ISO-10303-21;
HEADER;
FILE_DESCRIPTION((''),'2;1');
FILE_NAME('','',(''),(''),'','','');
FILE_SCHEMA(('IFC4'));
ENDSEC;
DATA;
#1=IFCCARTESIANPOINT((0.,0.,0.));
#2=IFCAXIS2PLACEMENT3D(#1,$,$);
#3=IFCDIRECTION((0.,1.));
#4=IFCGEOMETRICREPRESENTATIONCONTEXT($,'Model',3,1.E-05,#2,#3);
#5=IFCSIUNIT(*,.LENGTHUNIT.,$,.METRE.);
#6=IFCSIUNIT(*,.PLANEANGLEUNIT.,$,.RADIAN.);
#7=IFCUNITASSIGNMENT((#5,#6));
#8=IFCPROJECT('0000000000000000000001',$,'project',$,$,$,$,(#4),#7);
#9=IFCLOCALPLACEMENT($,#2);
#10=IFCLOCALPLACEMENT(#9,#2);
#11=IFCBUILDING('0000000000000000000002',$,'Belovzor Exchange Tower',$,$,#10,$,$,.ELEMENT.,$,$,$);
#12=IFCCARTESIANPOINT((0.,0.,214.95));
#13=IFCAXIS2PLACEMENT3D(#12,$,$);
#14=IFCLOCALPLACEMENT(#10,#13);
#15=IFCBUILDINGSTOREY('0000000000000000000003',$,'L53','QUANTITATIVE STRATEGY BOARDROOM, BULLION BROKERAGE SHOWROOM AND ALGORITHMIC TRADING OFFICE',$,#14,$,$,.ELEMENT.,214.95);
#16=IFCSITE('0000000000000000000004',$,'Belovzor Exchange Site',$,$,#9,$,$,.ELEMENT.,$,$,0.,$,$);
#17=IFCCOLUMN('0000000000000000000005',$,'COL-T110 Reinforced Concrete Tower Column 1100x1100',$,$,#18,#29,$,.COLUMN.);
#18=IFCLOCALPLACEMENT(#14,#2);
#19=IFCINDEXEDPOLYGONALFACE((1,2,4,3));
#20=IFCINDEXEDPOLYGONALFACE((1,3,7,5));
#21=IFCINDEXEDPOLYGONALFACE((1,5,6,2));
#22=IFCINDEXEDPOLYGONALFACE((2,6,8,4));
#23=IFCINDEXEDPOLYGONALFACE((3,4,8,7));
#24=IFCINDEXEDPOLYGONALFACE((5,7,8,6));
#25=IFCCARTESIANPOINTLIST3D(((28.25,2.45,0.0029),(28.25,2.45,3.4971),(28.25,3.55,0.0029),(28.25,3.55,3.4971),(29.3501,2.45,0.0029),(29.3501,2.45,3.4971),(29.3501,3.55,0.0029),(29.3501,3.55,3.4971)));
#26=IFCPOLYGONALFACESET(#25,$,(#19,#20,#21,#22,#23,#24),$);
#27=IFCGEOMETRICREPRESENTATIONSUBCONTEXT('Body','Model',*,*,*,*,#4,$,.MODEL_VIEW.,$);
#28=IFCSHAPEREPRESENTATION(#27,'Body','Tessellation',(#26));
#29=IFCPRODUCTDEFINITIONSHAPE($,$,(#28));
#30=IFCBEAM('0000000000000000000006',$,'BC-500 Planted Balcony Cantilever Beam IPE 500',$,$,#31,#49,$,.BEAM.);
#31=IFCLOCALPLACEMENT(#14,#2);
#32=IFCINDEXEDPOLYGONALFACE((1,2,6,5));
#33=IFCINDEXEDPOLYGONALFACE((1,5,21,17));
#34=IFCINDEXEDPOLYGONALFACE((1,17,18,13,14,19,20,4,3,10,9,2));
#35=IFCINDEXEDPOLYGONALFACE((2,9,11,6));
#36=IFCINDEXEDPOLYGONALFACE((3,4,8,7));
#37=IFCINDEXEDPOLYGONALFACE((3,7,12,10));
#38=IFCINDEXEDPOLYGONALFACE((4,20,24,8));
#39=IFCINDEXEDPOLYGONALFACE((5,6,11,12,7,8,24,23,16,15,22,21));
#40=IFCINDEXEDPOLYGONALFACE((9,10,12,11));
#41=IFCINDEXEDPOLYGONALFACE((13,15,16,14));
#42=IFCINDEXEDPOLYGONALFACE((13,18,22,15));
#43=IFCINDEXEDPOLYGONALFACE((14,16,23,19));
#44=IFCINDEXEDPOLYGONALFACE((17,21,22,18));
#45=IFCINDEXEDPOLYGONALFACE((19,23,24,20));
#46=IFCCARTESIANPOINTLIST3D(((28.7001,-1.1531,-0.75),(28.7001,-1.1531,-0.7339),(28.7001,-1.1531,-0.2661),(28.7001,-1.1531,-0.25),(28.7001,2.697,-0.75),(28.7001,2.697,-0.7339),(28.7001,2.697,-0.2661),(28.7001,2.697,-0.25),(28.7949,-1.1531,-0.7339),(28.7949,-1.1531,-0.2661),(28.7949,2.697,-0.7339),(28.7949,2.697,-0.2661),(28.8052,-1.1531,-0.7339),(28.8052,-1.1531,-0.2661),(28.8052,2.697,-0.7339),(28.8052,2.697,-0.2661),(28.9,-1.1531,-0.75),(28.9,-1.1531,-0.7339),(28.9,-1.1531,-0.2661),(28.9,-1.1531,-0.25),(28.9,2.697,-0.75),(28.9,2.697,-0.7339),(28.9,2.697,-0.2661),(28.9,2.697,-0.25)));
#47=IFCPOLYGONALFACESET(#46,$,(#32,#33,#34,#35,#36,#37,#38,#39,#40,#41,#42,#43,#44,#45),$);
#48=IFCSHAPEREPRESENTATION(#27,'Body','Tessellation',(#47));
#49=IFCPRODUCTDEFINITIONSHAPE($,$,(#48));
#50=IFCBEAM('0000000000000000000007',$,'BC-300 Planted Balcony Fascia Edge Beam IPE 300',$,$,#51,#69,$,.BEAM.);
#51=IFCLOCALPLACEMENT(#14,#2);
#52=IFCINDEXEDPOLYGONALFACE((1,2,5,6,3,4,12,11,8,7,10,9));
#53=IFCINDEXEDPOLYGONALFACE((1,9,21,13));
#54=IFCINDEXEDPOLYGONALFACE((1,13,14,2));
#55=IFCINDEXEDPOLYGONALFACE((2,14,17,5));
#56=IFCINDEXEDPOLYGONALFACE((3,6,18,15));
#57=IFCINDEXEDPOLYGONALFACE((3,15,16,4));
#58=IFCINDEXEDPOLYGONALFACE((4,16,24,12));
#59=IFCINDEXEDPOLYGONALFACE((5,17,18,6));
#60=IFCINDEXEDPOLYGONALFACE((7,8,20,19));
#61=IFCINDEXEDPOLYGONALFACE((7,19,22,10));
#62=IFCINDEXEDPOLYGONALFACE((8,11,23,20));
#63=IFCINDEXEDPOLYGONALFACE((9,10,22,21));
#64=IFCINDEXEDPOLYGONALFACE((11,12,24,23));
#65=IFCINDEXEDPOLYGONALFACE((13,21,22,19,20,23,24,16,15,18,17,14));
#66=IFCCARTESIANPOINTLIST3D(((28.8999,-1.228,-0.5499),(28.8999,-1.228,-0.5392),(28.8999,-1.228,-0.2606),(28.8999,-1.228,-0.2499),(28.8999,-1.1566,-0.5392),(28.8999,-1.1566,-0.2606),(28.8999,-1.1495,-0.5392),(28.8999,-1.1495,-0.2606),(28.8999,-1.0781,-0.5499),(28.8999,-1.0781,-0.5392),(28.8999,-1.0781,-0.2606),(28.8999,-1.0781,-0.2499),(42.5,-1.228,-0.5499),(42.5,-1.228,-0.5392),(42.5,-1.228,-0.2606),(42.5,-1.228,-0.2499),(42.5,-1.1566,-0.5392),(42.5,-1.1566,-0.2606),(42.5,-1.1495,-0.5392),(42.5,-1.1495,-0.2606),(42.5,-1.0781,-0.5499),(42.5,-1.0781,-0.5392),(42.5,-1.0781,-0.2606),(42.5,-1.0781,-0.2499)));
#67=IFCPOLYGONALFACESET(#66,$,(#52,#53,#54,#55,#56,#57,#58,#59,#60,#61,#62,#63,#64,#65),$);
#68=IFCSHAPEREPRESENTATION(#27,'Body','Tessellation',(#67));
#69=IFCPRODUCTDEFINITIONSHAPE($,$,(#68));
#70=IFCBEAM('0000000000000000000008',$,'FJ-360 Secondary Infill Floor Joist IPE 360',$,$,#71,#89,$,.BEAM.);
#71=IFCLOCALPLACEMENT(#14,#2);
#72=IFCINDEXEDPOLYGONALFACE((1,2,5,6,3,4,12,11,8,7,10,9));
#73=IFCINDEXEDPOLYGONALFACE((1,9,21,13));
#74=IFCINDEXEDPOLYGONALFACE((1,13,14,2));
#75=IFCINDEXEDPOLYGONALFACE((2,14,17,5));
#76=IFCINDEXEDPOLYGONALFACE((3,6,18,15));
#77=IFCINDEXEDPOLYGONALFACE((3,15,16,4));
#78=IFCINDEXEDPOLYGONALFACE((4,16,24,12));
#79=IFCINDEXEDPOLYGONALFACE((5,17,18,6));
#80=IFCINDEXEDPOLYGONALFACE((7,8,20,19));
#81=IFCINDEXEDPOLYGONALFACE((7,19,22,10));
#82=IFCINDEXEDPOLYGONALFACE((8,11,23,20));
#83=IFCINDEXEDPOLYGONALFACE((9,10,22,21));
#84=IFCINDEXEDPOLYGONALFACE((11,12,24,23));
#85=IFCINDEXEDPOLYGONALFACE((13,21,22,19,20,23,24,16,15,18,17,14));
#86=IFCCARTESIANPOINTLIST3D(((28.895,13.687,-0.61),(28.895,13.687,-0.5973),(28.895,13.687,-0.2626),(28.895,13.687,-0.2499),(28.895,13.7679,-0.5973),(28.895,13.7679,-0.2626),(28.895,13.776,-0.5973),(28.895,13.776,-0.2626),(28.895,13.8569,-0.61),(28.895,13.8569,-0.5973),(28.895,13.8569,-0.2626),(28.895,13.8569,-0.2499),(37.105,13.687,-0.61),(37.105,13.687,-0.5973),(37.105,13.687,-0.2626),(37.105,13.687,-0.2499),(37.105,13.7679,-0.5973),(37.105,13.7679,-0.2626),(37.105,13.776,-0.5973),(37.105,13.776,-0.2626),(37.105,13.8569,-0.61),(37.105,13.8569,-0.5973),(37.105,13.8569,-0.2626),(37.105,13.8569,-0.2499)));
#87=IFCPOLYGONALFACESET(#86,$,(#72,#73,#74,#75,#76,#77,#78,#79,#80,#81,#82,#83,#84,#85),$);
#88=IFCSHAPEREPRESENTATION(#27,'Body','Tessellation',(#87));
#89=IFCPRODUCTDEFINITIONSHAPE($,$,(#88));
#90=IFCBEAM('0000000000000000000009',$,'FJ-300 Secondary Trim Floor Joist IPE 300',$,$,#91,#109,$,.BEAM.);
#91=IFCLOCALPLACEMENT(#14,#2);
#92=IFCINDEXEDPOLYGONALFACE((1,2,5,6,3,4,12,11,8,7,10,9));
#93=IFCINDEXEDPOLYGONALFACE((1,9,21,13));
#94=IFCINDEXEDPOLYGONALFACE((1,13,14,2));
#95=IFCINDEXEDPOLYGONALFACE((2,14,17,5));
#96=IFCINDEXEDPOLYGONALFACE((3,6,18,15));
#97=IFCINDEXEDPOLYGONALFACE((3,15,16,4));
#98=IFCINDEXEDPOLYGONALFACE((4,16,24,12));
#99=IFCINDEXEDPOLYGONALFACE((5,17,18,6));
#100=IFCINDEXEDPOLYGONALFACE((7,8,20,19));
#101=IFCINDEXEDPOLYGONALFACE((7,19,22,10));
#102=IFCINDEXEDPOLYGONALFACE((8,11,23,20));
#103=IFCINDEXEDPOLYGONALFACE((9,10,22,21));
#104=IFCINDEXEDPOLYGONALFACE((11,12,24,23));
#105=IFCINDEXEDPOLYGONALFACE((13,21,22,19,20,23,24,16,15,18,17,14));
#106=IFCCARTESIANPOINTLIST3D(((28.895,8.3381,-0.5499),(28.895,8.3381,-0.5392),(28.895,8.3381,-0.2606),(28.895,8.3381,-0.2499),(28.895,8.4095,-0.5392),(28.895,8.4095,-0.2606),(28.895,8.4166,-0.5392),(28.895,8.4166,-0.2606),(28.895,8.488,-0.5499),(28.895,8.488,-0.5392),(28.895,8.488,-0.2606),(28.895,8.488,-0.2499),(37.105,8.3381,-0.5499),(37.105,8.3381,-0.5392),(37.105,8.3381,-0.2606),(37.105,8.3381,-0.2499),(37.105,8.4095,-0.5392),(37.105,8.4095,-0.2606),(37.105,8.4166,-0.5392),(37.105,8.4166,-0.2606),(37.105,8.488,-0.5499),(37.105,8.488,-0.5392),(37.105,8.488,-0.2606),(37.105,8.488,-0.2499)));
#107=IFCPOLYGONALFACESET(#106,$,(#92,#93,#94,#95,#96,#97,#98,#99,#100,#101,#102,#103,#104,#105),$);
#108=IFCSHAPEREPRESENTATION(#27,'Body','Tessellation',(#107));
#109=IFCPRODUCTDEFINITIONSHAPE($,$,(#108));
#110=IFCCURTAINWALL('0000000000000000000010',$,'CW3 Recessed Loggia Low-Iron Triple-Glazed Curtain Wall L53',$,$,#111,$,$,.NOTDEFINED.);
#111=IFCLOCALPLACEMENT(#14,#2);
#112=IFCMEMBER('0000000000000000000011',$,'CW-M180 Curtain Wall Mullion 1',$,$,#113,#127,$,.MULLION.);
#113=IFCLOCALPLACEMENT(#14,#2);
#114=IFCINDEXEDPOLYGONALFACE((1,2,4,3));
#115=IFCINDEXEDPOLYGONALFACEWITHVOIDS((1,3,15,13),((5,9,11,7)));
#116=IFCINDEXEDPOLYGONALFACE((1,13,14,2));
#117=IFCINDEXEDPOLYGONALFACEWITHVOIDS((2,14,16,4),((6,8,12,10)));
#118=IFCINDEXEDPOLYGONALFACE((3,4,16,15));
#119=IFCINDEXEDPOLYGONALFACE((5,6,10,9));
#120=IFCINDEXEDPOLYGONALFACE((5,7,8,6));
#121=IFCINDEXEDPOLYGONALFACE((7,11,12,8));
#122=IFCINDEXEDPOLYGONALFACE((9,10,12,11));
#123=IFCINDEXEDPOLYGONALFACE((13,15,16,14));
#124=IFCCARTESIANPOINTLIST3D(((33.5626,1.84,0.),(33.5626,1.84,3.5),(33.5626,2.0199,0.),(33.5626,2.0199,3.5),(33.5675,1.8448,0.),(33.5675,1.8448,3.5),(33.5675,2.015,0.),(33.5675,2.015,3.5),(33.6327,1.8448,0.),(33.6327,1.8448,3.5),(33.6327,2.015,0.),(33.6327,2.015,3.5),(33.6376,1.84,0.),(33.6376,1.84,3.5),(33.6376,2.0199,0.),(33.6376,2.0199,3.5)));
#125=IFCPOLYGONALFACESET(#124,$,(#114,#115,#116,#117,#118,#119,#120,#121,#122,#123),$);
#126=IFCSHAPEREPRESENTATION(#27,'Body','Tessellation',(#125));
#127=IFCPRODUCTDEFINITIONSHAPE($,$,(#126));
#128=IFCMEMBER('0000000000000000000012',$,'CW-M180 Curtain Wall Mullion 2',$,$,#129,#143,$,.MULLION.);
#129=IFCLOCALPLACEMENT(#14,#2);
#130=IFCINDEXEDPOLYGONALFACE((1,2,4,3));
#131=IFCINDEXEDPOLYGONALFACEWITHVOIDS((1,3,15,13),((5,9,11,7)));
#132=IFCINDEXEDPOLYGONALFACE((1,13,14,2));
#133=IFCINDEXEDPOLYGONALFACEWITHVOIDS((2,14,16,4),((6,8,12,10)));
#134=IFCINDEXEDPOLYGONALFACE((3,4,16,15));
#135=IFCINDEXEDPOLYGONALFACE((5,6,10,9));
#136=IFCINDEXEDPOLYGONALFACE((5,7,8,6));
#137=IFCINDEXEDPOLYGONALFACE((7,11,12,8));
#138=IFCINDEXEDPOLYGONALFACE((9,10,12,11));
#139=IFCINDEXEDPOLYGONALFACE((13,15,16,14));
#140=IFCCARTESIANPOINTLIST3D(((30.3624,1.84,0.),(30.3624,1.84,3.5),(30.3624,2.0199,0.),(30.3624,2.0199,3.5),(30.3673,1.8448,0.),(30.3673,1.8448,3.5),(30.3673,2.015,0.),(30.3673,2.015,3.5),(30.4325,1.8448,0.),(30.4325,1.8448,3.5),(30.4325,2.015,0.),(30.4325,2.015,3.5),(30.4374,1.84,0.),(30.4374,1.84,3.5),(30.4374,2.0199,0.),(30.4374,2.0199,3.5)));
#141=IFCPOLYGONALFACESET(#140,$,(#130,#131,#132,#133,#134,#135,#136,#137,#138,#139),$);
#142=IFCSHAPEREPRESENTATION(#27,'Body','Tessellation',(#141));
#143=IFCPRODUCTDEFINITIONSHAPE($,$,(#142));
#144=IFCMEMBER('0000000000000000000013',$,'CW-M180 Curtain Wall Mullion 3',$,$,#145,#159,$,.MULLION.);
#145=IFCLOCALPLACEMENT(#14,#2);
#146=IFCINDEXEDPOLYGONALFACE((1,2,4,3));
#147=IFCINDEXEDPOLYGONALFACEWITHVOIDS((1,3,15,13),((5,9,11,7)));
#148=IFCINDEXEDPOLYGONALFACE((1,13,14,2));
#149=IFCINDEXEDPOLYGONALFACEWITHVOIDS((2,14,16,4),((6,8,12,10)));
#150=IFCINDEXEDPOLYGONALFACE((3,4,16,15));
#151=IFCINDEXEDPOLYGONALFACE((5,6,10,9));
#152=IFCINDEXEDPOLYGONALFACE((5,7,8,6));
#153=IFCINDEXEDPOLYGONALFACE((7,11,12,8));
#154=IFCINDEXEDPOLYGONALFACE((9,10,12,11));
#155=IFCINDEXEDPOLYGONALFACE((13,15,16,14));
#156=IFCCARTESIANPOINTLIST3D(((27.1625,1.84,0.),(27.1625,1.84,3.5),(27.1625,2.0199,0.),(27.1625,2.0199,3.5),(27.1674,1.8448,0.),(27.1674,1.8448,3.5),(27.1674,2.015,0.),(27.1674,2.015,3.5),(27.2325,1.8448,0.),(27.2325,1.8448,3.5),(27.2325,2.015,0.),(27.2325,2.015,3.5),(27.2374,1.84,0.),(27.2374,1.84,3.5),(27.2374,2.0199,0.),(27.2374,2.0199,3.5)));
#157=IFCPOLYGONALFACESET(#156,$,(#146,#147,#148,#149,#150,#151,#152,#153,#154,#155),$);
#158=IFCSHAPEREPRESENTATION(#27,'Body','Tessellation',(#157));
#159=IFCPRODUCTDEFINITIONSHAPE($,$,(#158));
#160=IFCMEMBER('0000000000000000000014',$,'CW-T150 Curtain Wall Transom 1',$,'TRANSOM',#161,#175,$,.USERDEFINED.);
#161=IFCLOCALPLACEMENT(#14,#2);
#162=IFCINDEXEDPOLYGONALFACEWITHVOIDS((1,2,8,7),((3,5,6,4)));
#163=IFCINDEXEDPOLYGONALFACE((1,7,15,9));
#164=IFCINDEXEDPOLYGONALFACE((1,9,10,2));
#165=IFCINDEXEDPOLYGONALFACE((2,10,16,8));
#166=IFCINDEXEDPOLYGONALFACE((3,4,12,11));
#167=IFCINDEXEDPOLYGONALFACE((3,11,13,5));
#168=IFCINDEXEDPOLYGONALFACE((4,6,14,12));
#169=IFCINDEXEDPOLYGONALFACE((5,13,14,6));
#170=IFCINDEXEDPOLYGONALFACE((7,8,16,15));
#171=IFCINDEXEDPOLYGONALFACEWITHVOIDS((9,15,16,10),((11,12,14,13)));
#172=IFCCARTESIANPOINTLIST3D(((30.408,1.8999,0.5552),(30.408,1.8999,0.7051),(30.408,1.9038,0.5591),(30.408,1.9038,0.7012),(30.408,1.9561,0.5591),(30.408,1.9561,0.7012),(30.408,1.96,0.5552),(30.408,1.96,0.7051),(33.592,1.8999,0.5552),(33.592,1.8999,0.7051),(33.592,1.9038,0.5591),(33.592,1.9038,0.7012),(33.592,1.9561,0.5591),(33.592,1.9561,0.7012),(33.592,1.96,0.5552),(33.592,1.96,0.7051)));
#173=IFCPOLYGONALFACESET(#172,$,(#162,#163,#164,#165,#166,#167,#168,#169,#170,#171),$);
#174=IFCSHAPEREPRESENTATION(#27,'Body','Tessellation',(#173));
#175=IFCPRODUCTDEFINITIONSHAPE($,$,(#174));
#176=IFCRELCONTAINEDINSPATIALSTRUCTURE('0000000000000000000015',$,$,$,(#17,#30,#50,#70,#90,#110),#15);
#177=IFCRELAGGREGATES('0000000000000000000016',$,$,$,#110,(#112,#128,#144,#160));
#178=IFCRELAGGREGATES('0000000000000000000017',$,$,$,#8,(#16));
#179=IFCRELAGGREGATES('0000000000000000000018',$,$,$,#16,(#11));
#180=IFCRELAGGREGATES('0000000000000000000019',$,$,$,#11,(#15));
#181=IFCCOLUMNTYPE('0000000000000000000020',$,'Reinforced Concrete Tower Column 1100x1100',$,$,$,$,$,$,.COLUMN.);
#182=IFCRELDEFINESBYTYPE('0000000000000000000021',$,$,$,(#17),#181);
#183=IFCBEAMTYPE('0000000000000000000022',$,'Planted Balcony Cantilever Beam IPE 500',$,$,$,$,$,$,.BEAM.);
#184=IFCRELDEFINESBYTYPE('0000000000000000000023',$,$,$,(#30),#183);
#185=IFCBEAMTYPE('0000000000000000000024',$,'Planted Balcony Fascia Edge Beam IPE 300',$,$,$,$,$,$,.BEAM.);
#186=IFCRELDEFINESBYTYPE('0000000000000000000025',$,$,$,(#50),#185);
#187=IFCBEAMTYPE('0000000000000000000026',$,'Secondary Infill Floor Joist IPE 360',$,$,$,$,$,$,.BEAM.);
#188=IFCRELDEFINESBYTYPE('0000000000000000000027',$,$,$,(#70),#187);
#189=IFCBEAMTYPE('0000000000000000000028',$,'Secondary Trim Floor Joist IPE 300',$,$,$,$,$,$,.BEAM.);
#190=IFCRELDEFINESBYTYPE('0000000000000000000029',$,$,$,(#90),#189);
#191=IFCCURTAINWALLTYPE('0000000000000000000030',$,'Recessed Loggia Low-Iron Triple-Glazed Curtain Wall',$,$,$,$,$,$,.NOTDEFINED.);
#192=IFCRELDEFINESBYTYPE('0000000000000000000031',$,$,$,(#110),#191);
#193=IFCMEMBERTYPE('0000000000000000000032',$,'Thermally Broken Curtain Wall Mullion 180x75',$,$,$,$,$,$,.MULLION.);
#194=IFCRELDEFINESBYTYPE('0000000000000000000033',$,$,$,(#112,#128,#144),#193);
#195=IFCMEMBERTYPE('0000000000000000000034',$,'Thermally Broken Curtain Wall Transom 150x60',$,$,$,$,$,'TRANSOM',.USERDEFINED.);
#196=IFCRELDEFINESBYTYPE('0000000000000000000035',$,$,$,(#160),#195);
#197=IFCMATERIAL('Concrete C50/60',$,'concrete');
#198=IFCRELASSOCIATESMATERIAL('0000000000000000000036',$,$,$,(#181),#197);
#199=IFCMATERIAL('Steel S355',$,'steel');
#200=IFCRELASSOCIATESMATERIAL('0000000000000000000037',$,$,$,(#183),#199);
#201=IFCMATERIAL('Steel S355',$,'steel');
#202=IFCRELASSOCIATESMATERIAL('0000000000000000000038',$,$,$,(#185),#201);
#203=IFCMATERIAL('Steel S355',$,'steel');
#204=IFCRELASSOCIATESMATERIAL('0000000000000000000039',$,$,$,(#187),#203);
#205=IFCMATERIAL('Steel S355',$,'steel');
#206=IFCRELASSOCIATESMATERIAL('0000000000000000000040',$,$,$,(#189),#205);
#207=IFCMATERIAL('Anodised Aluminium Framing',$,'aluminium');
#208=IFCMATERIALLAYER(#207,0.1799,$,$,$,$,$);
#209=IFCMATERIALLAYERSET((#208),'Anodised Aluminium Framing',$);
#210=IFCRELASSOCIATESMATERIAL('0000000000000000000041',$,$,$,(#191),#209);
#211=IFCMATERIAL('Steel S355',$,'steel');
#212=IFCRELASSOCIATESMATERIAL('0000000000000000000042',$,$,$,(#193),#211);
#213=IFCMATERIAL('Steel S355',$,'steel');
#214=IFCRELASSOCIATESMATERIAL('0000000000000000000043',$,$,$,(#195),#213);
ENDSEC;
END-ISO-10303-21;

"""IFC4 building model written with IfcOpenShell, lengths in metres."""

from ifc_helpers import new_model, si_unit, direction, frame, origin, origin_2d, place, context, subcontext, project, spatial, rectangle, hollow_rectangle, i_section, extrude, material, layer, layer_set, material_profile, profile_set, type_object, element, aggregate, save


model = new_model("IFC4")

# Units and contexts
model_context = context("Model", 3, precision=1e-05, world=origin(), true_north=direction((0.0, 1.0)))
body_context = subcontext(model_context, "Body", "Model", "MODEL_VIEW")
ifc_project = project(units=[si_unit("LENGTHUNIT", "METRE"), si_unit("PLANEANGLEUNIT", "RADIAN")], contexts=[model_context])

# Site, building, storey
site_placement = place(None, origin())
site = spatial("IfcSite", under=ifc_project, at=site_placement, Name="Belovzor Exchange Site", CompositionType="ELEMENT", RefElevation=0.0)
building_placement = place(site_placement, origin())
building = spatial("IfcBuilding", under=site, at=building_placement, Name="Belovzor Exchange Tower", CompositionType="ELEMENT")
storey_placement = place(building_placement, frame((0.0, 0.0, 214.95)))
storey = spatial("IfcBuildingStorey", under=building, at=storey_placement, Name="L53", Description="QUANTITATIVE STRATEGY BOARDROOM, BULLION BROKERAGE SHOWROOM AND ALGORITHMIC TRADING OFFICE", CompositionType="ELEMENT", Elevation=214.95)

# Column
ifc_material_1 = material(Name="Concrete C50/60", Category="concrete")
ifc_material_profile_1 = material_profile(ifc_material_1, rectangle(XDim=1.1001, YDim=1.1001, at=origin_2d()))
ifc_profile_set_1 = profile_set([ifc_material_profile_1], Name="Concrete C50/60")
column_type = type_object("IfcColumnType", Name="Reinforced Concrete Tower Column 1100x1100", PredefinedType="COLUMN", material=ifc_profile_set_1)
column_placement = place(storey_placement, frame((28.8, 3.0, 0.0029), z_axis=(0.0, 0.0, 1.0), x_axis=(1.0, 0.0, 0.0)))
element("IfcColumn", 1, at=column_placement, inside=storey, type_object=column_type, Name="COL-T110 Reinforced Concrete Tower Column 1100x1100", PredefinedType="COLUMN", context=body_context, shape_type="SweptSolid", body=[
    extrude(rectangle(XDim=1.1001, YDim=1.1001, at=origin_2d()), origin(), (0.0, 0.0, 1.0), 3.4941),
])

# Beams
ifc_material_2 = material(Name="Steel S355", Category="steel")
ifc_material_profile_2 = material_profile(ifc_material_2, i_section(OverallWidth=0.2, OverallDepth=0.5, WebThickness=0.0103, FlangeThickness=0.0161, at=origin_2d()))
ifc_profile_set_2 = profile_set([ifc_material_profile_2], Name="Steel S355")
beam_type_1 = type_object("IfcBeamType", Name="Planted Balcony Cantilever Beam IPE 500", PredefinedType="BEAM", material=ifc_profile_set_2)
beam_1_placement = place(storey_placement, frame((28.8, 2.697, -0.5), z_axis=(0.0, -1.0, 0.0), x_axis=(1.0, 0.0, 0.0)))
element("IfcBeam", 2, at=beam_1_placement, inside=storey, type_object=beam_type_1, Name="BC-500 Planted Balcony Cantilever Beam IPE 500", PredefinedType="BEAM", context=body_context, shape_type="SweptSolid", body=[
    extrude(i_section(OverallWidth=0.2, OverallDepth=0.5, WebThickness=0.0103, FlangeThickness=0.0161, at=origin_2d()), origin(), (0.0, 0.0, 1.0), 3.8501),
])
ifc_material_3 = material(Name="Steel S355", Category="steel")
ifc_material_profile_3 = material_profile(ifc_material_3, i_section(OverallWidth=0.1499, OverallDepth=0.3, WebThickness=0.0071, FlangeThickness=0.0107, at=origin_2d()))
ifc_profile_set_3 = profile_set([ifc_material_profile_3], Name="Steel S355")
beam_type_2 = type_object("IfcBeamType", Name="Planted Balcony Fascia Edge Beam IPE 300", PredefinedType="BEAM", material=ifc_profile_set_3)
beam_2_placement = place(storey_placement, frame((28.8999, -1.1531, -0.3999), z_axis=(1.0, 0.0, 0.0), x_axis=(0.0, 1.0, 0.0)))
element("IfcBeam", 3, at=beam_2_placement, inside=storey, type_object=beam_type_2, Name="BC-300 Planted Balcony Fascia Edge Beam IPE 300", PredefinedType="BEAM", context=body_context, shape_type="SweptSolid", body=[
    extrude(i_section(OverallWidth=0.1499, OverallDepth=0.3, WebThickness=0.0071, FlangeThickness=0.0107, at=origin_2d()), origin(), (0.0, 0.0, 1.0), 13.6001),
])
ifc_material_4 = material(Name="Steel S355", Category="steel")
ifc_material_profile_4 = material_profile(ifc_material_4, i_section(OverallWidth=0.1699, OverallDepth=0.3601, WebThickness=0.0081, FlangeThickness=0.0127, at=origin_2d()))
ifc_profile_set_4 = profile_set([ifc_material_profile_4], Name="Steel S355")
beam_type_3 = type_object("IfcBeamType", Name="Secondary Infill Floor Joist IPE 360", PredefinedType="BEAM", material=ifc_profile_set_4)
beam_3_placement = place(storey_placement, frame((28.895, 13.772, -0.4299), z_axis=(1.0, 0.0, 0.0), x_axis=(0.0, 1.0, 0.0)))
element("IfcBeam", 4, at=beam_3_placement, inside=storey, type_object=beam_type_3, Name="FJ-360 Secondary Infill Floor Joist IPE 360", PredefinedType="BEAM", context=body_context, shape_type="SweptSolid", body=[
    extrude(i_section(OverallWidth=0.1699, OverallDepth=0.3601, WebThickness=0.0081, FlangeThickness=0.0127, at=origin_2d()), origin(), (0.0, 0.0, 1.0), 8.21),
])
ifc_material_5 = material(Name="Steel S355", Category="steel")
ifc_material_profile_5 = material_profile(ifc_material_5, i_section(OverallWidth=0.1499, OverallDepth=0.3, WebThickness=0.0071, FlangeThickness=0.0107, at=origin_2d()))
ifc_profile_set_5 = profile_set([ifc_material_profile_5], Name="Steel S355")
beam_type_4 = type_object("IfcBeamType", Name="Secondary Trim Floor Joist IPE 300", PredefinedType="BEAM", material=ifc_profile_set_5)
beam_4_placement = place(storey_placement, frame((28.895, 8.4131, -0.3999), z_axis=(1.0, 0.0, 0.0), x_axis=(0.0, 1.0, 0.0)))
element("IfcBeam", 5, at=beam_4_placement, inside=storey, type_object=beam_type_4, Name="FJ-300 Secondary Trim Floor Joist IPE 300", PredefinedType="BEAM", context=body_context, shape_type="SweptSolid", body=[
    extrude(i_section(OverallWidth=0.1499, OverallDepth=0.3, WebThickness=0.0071, FlangeThickness=0.0107, at=origin_2d()), origin(), (0.0, 0.0, 1.0), 8.21),
])

# Curtain wall, members
ifc_material_6 = material(Name="Anodised Aluminium Framing", Category="aluminium")
ifc_layer_1 = layer(ifc_material_6, 0.1799)
ifc_layer_set_1 = layer_set([ifc_layer_1], Name="Anodised Aluminium Framing")
curtain_wall_type = type_object("IfcCurtainWallType", Name="Recessed Loggia Low-Iron Triple-Glazed Curtain Wall", PredefinedType="NOTDEFINED", material=ifc_layer_set_1)
curtain_wall_placement = place(storey_placement, origin())
curtain_wall = element("IfcCurtainWall", 6, at=curtain_wall_placement, inside=storey, type_object=curtain_wall_type, Name="CW3 Recessed Loggia Low-Iron Triple-Glazed Curtain Wall L53", PredefinedType="NOTDEFINED")
ifc_material_7 = material(Name="Steel S355", Category="steel")
ifc_material_profile_6 = material_profile(ifc_material_7, hollow_rectangle(XDim=0.075, YDim=0.1799, WallThickness=0.0049, at=origin_2d()))
ifc_profile_set_6 = profile_set([ifc_material_profile_6], Name="Steel S355")
member_type_1 = type_object("IfcMemberType", Name="Thermally Broken Curtain Wall Mullion 180x75", PredefinedType="MULLION", material=ifc_profile_set_6)
member_1_placement = place(storey_placement, frame((33.6001, 1.9299, 0.0), z_axis=(0.0, 0.0, 1.0), x_axis=(-1.0, 0.0, 0.0)))
member_1 = element("IfcMember", 7, at=member_1_placement, type_object=member_type_1, Name="CW-M180 Curtain Wall Mullion 1", PredefinedType="MULLION", context=body_context, shape_type="SweptSolid", body=[
    extrude(hollow_rectangle(XDim=0.075, YDim=0.1799, WallThickness=0.0049, at=origin_2d()), origin(), (0.0, 0.0, 1.0), 3.5),
])
member_2_placement = place(storey_placement, frame((30.3999, 1.9299, 0.0), z_axis=(0.0, 0.0, 1.0), x_axis=(-1.0, 0.0, 0.0)))
member_2 = element("IfcMember", 8, at=member_2_placement, type_object=member_type_1, Name="CW-M180 Curtain Wall Mullion 2", PredefinedType="MULLION", context=body_context, shape_type="SweptSolid", body=[
    extrude(hollow_rectangle(XDim=0.075, YDim=0.1799, WallThickness=0.0049, at=origin_2d()), origin(), (0.0, 0.0, 1.0), 3.5),
])
member_3_placement = place(storey_placement, frame((27.2, 1.9299, 0.0), z_axis=(0.0, 0.0, 1.0), x_axis=(-1.0, 0.0, 0.0)))
member_3 = element("IfcMember", 9, at=member_3_placement, type_object=member_type_1, Name="CW-M180 Curtain Wall Mullion 3", PredefinedType="MULLION", context=body_context, shape_type="SweptSolid", body=[
    extrude(hollow_rectangle(XDim=0.075, YDim=0.1799, WallThickness=0.0049, at=origin_2d()), origin(), (0.0, 0.0, 1.0), 3.5),
])
ifc_material_8 = material(Name="Steel S355", Category="steel")
ifc_material_profile_7 = material_profile(ifc_material_8, hollow_rectangle(XDim=0.0601, YDim=0.1499, WallThickness=0.0039, at=origin_2d()))
ifc_profile_set_7 = profile_set([ifc_material_profile_7], Name="Steel S355")
member_type_2 = type_object("IfcMemberType", Name="Thermally Broken Curtain Wall Transom 150x60", ElementType="TRANSOM", PredefinedType="USERDEFINED", material=ifc_profile_set_7)
member_4_placement = place(storey_placement, frame((33.592, 1.9299, 0.6301), z_axis=(-1.0, 0.0, 0.0), x_axis=(0.0, -1.0, 0.0)))
member_4 = element("IfcMember", 10, at=member_4_placement, type_object=member_type_2, Name="CW-T150 Curtain Wall Transom 1", ObjectType="TRANSOM", PredefinedType="USERDEFINED", context=body_context, shape_type="SweptSolid", body=[
    extrude(hollow_rectangle(XDim=0.0601, YDim=0.1499, WallThickness=0.0039, at=origin_2d()), origin(), (0.0, 0.0, 1.0), 3.1841),
])

aggregate(curtain_wall, [member_1, member_2, member_3, member_4])

save(model, "model.ifc")
